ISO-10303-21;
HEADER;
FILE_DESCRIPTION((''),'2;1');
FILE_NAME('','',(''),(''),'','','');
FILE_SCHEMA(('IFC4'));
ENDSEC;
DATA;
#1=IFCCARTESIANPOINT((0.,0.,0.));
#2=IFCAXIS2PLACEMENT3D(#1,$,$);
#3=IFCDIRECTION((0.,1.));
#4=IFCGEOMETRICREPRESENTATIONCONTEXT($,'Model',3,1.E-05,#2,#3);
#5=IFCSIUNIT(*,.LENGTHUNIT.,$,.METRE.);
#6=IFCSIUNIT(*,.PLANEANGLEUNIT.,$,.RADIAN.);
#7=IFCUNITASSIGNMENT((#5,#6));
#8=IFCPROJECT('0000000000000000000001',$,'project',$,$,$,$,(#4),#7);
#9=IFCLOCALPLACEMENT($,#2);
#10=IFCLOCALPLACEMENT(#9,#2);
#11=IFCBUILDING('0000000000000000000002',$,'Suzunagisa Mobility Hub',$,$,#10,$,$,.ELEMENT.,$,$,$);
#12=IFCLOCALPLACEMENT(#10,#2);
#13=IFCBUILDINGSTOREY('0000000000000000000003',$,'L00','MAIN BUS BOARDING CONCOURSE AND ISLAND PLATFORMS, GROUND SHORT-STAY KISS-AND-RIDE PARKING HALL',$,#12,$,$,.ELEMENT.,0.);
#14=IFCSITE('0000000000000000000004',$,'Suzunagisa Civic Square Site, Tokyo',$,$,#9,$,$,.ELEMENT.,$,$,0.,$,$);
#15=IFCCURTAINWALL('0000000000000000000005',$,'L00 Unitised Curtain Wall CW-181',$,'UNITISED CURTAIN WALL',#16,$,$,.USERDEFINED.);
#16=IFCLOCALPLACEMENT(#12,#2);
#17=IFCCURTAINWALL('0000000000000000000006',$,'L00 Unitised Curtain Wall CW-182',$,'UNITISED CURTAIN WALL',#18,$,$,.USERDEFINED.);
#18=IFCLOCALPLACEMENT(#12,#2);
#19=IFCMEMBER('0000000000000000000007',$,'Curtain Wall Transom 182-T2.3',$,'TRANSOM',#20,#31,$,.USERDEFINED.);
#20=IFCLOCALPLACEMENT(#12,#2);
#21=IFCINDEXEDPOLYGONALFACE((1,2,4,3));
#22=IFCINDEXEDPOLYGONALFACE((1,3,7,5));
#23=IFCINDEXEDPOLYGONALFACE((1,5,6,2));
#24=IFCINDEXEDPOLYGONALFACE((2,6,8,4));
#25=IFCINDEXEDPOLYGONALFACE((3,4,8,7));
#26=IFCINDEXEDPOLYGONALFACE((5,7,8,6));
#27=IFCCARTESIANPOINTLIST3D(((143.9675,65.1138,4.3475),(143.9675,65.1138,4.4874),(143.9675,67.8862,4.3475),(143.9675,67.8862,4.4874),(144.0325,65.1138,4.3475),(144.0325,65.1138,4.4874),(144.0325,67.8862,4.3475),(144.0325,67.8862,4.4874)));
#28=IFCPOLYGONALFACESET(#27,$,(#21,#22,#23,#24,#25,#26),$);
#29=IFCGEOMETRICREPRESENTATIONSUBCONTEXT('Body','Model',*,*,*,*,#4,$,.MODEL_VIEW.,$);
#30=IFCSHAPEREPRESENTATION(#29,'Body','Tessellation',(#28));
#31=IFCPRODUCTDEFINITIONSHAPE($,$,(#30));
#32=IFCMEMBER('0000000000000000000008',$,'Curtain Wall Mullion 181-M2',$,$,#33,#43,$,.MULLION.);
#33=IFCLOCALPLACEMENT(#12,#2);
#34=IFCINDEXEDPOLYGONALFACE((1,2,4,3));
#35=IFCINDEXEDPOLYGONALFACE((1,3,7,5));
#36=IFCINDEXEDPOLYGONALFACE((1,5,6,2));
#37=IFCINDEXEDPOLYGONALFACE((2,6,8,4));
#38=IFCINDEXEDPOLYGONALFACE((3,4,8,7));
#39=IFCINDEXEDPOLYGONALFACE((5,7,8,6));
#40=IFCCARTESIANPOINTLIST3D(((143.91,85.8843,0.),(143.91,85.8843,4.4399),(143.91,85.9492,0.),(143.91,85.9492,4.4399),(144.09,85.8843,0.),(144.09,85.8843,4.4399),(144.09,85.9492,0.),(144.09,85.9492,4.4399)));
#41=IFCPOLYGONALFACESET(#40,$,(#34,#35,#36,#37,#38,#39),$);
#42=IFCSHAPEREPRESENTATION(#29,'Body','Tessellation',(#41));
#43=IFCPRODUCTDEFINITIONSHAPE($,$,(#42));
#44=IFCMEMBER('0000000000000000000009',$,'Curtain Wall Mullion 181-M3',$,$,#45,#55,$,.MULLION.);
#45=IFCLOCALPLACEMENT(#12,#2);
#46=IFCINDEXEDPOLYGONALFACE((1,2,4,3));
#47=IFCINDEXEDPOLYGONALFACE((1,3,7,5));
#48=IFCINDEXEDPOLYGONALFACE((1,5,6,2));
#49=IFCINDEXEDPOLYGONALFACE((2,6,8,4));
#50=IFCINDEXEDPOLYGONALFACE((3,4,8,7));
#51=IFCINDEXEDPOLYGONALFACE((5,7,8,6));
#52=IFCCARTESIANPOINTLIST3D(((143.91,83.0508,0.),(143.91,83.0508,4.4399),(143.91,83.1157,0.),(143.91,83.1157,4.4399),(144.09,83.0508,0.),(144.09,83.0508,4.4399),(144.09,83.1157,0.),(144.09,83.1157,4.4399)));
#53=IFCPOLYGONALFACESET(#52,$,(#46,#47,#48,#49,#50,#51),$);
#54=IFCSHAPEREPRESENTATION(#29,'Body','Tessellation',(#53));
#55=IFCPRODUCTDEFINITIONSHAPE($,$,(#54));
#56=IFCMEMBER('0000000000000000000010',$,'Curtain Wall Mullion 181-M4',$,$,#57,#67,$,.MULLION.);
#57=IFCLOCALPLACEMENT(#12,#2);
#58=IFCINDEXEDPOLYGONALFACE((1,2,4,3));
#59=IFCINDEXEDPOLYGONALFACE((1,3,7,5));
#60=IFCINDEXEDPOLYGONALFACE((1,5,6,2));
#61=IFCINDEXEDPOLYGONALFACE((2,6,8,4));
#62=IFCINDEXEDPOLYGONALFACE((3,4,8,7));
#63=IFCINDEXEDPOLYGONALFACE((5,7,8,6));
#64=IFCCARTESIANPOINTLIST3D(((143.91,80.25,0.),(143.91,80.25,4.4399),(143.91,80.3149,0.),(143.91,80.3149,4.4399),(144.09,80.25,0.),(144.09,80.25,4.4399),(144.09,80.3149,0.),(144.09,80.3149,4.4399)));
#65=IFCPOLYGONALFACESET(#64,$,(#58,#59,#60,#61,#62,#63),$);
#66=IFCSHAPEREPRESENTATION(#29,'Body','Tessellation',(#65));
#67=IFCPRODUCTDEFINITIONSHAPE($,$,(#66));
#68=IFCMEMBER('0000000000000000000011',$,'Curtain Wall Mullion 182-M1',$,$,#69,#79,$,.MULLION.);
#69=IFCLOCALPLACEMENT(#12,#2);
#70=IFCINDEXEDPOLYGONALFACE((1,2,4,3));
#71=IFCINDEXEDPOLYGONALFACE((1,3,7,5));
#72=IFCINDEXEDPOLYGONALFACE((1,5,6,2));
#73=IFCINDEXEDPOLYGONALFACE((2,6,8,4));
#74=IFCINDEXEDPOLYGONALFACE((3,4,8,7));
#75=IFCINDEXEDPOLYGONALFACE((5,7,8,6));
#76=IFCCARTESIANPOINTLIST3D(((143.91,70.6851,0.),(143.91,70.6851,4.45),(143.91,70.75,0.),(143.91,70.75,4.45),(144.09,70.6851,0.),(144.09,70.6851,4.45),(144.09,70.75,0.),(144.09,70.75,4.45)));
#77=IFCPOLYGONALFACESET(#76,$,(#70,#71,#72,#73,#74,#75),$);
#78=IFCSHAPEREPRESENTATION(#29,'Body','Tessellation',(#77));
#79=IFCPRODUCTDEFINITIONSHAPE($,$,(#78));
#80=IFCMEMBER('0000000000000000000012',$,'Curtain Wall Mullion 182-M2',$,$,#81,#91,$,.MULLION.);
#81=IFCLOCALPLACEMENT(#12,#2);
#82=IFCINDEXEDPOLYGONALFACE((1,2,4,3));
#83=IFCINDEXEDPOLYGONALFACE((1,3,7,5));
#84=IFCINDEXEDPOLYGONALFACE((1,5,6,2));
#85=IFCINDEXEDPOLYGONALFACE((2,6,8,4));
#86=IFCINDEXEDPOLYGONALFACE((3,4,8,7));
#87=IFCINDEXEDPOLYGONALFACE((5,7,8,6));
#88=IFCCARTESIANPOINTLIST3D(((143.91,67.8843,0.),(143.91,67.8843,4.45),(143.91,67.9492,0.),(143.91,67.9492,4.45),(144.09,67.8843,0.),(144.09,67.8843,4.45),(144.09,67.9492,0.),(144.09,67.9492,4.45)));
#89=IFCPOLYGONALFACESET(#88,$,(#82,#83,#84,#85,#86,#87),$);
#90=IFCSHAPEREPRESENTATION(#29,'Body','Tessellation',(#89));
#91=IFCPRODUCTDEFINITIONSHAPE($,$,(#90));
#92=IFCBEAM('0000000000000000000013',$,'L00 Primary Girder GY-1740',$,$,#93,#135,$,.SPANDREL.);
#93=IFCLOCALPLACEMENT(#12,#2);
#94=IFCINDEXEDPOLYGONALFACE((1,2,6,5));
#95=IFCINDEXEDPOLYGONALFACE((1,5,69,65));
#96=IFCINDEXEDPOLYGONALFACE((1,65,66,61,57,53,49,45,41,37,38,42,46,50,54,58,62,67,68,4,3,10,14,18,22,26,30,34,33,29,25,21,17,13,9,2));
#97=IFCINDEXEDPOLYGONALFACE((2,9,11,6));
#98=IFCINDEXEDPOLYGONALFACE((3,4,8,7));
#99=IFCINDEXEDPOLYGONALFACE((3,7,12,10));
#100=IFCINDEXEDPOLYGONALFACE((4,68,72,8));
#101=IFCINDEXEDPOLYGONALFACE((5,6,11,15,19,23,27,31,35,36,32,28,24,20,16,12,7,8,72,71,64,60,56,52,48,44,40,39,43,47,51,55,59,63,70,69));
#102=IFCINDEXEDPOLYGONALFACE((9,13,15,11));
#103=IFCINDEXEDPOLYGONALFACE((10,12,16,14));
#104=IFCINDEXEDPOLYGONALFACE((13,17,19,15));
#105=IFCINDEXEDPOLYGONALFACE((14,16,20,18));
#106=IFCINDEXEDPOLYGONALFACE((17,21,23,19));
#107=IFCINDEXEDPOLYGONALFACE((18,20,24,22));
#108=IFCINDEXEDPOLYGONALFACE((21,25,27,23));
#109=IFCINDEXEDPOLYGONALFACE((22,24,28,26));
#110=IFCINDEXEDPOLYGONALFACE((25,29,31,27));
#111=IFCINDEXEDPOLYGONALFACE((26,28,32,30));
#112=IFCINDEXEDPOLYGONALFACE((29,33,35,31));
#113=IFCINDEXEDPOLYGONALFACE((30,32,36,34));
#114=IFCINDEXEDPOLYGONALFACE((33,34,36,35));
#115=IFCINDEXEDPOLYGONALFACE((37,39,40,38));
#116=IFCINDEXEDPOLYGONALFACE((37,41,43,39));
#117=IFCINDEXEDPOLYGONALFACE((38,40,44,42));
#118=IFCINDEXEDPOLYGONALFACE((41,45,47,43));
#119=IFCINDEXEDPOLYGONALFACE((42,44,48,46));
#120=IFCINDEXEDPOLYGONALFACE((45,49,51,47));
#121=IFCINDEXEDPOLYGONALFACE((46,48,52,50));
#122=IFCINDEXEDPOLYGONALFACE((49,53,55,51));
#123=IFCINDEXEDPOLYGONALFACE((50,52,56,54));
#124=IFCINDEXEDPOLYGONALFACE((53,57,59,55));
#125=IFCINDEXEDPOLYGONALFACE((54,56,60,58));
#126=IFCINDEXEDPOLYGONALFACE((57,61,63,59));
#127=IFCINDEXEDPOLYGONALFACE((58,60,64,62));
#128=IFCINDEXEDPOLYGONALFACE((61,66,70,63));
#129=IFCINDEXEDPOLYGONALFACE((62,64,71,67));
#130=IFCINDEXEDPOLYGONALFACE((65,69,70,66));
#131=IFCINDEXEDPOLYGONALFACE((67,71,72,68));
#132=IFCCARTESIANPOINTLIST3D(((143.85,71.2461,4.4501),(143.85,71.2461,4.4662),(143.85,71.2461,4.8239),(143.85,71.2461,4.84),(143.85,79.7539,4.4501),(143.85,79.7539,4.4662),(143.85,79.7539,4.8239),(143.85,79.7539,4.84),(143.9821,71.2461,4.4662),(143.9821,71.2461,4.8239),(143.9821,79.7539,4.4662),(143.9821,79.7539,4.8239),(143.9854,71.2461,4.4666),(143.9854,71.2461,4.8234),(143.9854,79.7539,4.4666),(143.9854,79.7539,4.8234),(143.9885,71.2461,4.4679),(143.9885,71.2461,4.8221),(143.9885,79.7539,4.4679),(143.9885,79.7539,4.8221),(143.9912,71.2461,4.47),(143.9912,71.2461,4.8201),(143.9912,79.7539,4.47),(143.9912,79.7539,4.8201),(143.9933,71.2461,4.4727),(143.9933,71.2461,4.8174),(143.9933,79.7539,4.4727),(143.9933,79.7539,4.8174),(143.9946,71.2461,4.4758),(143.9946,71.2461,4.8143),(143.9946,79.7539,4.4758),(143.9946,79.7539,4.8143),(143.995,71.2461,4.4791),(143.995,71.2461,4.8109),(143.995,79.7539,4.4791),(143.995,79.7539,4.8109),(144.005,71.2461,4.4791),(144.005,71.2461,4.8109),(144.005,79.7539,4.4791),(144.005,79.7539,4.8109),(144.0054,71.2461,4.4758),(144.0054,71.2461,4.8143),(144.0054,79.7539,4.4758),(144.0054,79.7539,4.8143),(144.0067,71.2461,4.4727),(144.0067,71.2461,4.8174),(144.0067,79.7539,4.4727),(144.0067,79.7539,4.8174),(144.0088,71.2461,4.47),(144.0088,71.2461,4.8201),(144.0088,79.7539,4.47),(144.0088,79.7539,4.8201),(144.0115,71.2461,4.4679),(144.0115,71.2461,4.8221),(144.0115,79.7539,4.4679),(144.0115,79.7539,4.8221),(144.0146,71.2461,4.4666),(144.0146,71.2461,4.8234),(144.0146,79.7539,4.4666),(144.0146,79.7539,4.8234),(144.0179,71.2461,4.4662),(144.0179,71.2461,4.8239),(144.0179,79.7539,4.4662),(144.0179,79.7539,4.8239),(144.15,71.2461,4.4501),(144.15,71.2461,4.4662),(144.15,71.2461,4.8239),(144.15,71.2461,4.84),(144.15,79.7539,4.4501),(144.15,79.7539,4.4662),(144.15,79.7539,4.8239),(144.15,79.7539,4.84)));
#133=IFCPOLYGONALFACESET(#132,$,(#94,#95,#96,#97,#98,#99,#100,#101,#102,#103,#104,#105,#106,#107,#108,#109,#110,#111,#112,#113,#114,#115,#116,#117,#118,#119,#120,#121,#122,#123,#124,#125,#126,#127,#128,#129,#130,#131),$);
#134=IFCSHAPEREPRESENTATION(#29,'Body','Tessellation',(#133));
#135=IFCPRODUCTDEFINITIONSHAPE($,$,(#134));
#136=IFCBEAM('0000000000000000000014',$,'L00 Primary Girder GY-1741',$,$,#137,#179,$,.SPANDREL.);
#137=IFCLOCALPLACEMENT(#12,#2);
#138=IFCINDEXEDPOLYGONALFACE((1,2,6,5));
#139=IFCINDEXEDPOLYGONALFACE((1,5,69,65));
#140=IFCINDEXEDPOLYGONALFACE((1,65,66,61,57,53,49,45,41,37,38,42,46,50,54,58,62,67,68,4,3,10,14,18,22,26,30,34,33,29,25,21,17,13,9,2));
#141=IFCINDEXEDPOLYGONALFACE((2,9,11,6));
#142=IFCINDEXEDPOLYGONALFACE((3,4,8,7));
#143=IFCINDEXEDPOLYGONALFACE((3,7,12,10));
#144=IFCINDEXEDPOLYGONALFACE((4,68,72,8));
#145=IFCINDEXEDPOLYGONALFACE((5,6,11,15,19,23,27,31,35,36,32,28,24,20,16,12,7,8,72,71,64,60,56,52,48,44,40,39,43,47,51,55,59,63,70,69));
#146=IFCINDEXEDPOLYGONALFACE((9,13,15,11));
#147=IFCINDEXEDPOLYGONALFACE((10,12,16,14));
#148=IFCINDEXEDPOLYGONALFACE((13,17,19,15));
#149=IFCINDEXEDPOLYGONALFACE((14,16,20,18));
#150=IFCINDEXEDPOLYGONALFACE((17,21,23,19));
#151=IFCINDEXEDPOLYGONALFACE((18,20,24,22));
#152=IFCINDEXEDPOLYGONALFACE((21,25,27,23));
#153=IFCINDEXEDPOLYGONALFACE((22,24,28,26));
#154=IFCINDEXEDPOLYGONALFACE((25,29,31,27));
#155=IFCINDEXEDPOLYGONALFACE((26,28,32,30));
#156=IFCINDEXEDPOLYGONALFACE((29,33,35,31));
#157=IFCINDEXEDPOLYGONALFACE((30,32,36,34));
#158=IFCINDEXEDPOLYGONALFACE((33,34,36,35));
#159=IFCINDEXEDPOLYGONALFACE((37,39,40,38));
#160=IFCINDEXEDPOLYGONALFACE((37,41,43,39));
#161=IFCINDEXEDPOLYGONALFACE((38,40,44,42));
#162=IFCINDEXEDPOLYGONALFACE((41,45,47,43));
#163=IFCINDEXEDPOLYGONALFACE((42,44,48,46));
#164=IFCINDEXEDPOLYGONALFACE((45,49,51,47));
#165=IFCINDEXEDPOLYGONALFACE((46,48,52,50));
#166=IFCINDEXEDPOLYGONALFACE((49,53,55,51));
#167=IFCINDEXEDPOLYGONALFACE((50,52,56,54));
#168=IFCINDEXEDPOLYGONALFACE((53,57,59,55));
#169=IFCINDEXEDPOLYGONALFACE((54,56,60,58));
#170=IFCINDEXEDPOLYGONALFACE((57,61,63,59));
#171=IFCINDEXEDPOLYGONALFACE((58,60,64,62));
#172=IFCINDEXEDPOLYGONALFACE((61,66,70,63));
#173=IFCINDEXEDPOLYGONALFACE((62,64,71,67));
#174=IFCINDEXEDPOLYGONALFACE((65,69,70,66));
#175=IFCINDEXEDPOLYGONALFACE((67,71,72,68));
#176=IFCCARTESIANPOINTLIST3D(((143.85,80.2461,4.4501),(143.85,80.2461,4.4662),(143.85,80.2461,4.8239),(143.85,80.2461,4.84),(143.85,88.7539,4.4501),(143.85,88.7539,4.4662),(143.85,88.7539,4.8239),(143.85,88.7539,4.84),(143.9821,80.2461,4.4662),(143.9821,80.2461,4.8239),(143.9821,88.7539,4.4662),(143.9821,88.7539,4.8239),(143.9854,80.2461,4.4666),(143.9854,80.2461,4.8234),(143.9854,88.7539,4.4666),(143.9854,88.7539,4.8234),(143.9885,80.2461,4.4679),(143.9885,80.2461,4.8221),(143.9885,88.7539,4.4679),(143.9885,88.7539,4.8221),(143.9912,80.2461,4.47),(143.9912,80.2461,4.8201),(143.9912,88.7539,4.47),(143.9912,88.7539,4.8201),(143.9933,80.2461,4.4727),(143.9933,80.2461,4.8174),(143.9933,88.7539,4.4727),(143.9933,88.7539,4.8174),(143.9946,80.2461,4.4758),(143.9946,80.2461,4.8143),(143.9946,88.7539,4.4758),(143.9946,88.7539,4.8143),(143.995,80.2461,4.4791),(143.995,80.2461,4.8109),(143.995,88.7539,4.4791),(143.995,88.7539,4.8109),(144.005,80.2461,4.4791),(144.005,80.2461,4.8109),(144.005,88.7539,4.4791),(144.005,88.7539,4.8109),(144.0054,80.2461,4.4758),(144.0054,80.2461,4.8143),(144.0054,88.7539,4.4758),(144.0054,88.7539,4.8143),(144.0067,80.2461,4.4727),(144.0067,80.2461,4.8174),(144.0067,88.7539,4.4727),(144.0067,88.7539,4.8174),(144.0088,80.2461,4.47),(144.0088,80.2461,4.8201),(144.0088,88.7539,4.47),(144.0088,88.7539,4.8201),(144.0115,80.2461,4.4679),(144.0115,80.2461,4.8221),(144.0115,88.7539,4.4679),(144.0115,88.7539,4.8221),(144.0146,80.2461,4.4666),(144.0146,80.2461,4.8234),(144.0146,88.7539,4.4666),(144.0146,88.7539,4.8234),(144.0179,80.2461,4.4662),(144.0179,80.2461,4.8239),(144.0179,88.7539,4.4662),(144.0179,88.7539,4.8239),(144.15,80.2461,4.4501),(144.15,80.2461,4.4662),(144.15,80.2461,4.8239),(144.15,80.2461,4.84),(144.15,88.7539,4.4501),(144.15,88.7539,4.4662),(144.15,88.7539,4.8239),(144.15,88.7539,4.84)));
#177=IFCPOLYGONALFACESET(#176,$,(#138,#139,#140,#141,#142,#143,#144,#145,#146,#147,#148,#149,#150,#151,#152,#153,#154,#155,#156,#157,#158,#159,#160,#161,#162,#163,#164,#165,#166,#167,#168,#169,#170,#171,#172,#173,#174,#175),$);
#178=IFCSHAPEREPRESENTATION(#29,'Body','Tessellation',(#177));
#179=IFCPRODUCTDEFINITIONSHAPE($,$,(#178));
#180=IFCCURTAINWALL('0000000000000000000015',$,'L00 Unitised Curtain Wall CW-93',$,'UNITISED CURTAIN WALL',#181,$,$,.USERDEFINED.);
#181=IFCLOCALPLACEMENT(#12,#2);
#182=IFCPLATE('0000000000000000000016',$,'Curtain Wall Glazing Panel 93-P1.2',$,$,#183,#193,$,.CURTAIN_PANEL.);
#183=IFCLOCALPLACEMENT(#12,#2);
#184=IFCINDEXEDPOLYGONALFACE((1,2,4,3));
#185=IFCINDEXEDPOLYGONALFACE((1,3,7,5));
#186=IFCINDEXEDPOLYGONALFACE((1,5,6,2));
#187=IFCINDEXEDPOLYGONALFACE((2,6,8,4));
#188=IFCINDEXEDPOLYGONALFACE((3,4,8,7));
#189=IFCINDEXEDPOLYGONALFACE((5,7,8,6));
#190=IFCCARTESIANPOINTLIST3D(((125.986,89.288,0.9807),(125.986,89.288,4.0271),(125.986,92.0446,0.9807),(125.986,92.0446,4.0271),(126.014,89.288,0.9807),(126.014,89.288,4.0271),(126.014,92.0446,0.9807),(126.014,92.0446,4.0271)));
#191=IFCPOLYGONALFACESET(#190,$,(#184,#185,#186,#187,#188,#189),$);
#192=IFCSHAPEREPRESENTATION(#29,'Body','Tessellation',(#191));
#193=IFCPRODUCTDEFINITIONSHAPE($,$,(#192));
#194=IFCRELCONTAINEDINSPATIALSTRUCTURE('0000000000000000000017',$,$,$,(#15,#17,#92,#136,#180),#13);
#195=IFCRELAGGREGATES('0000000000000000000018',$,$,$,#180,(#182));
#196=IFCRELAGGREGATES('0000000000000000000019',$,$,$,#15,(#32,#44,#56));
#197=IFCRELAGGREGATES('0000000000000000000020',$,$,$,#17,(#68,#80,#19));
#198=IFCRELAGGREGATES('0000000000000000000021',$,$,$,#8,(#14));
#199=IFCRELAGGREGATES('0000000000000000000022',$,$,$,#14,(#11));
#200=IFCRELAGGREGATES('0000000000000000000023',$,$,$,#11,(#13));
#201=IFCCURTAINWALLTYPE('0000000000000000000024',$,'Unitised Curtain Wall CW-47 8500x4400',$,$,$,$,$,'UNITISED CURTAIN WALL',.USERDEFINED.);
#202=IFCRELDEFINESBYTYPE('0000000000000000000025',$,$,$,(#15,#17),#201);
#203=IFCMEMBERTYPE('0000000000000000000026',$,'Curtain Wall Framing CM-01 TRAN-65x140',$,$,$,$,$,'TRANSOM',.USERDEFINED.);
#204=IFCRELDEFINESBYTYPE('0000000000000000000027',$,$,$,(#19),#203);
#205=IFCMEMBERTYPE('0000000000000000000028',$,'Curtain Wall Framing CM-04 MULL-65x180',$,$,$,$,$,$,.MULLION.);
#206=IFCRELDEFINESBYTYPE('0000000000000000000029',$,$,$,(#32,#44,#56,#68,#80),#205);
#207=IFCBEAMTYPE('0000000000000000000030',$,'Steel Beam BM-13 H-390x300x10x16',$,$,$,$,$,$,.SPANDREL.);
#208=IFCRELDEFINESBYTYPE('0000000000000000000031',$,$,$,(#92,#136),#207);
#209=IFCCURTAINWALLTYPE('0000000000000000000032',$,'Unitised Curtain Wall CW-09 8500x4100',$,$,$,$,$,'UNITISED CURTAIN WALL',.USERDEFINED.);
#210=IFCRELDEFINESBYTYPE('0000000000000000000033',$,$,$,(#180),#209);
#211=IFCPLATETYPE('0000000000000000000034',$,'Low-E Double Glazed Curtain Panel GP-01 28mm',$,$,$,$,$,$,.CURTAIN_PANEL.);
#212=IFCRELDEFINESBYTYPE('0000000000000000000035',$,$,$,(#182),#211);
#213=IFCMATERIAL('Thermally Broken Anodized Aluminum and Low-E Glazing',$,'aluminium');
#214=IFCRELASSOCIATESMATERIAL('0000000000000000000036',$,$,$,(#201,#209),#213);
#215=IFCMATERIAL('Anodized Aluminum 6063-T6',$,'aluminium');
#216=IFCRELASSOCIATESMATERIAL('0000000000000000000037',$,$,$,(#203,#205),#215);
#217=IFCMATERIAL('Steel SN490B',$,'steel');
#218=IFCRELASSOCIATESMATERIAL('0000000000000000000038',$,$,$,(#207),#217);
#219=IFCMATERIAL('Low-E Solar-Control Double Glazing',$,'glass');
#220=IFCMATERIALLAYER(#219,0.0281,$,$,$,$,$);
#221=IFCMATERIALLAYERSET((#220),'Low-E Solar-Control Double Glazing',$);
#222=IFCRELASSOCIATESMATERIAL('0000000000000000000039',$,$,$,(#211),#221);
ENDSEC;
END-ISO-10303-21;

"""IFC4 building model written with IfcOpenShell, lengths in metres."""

from ifc_helpers import new_model, si_unit, direction, frame, origin, origin_2d, place, context, subcontext, project, spatial, rectangle, i_section, extrude, material, layer, layer_set, material_profile, profile_set, type_object, element, aggregate, save


model = new_model("IFC4")

# Units and contexts
model_context = context("Model", 3, precision=1e-05, world=origin(), true_north=direction((0.0, 1.0)))
body_context = subcontext(model_context, "Body", "Model", "MODEL_VIEW")
ifc_project = project(units=[si_unit("LENGTHUNIT", "METRE"), si_unit("PLANEANGLEUNIT", "RADIAN")], contexts=[model_context])

# Site, building, storey
site_placement = place(None, origin())
site = spatial("IfcSite", under=ifc_project, at=site_placement, Name="Suzunagisa Civic Square Site, Tokyo", CompositionType="ELEMENT", RefElevation=0.0)
building_placement = place(site_placement, origin())
building = spatial("IfcBuilding", under=site, at=building_placement, Name="Suzunagisa Mobility Hub", CompositionType="ELEMENT")
storey_placement = place(building_placement, origin())
storey = spatial("IfcBuildingStorey", under=building, at=storey_placement, Name="L00", Description="MAIN BUS BOARDING CONCOURSE AND ISLAND PLATFORMS, GROUND SHORT-STAY KISS-AND-RIDE PARKING HALL", CompositionType="ELEMENT", Elevation=0.0)

# Shared definitions
ifc_material_1 = material(Name="Steel SN490B", Category="steel")

# Curtain walls, member
ifc_material_2 = material(Name="Thermally Broken Anodized Aluminum and Low-E Glazing", Category="aluminium")
curtain_wall_type_1 = type_object("IfcCurtainWallType", Name="Unitised Curtain Wall CW-47 8500x4400", ElementType="UNITISED CURTAIN WALL", PredefinedType="USERDEFINED", material=ifc_material_2)
curtain_wall_1_placement = place(storey_placement, origin())
curtain_wall_1 = element("IfcCurtainWall", 1, at=curtain_wall_1_placement, inside=storey, type_object=curtain_wall_type_1, Name="L00 Unitised Curtain Wall CW-181", ObjectType="UNITISED CURTAIN WALL", PredefinedType="USERDEFINED")
ifc_material_3 = material(Name="Anodized Aluminum 6063-T6", Category="aluminium")
ifc_material_profile_1 = material_profile(ifc_material_3, rectangle(XDim=0.0649, YDim=0.1399, at=origin_2d()), Name="TRAN-65x140")
ifc_profile_set_1 = profile_set([ifc_material_profile_1], Name="Anodized Aluminum 6063-T6")
member_type_1 = type_object("IfcMemberType", Name="Curtain Wall Framing CM-01 TRAN-65x140", ElementType="TRANSOM", PredefinedType="USERDEFINED", material=ifc_profile_set_1)
curtain_wall_2_placement = place(storey_placement, origin())
curtain_wall_2 = element("IfcCurtainWall", 2, at=curtain_wall_2_placement, inside=storey, type_object=curtain_wall_type_1, Name="L00 Unitised Curtain Wall CW-182", ObjectType="UNITISED CURTAIN WALL", PredefinedType="USERDEFINED")
member_1_placement = place(storey_placement, frame((144.0, 67.8862, 4.4175), z_axis=(0.0, -1.0, 0.0), x_axis=(1.0, 0.0, 0.0)))
member_1 = element("IfcMember", 3, at=member_1_placement, type_object=member_type_1, Name="Curtain Wall Transom 182-T2.3", ObjectType="TRANSOM", PredefinedType="USERDEFINED", context=body_context, shape_type="SweptSolid", body=[
    extrude(rectangle(XDim=0.0649, YDim=0.1399, at=origin_2d()), origin(), (0.0, 0.0, 1.0), 2.7725),
])

# Members
ifc_material_profile_2 = material_profile(ifc_material_3, rectangle(XDim=0.0649, YDim=0.1799, at=origin_2d()), Name="MULL-65x180")
ifc_profile_set_2 = profile_set([ifc_material_profile_2], Name="Anodized Aluminum 6063-T6")
member_type_2 = type_object("IfcMemberType", Name="Curtain Wall Framing CM-04 MULL-65x180", PredefinedType="MULLION", material=ifc_profile_set_2)
member_2_placement = place(storey_placement, frame((144.0, 85.9167, 0.0), z_axis=(0.0, 0.0, 1.0), x_axis=(0.0, -1.0, 0.0)))
member_2 = element("IfcMember", 4, at=member_2_placement, type_object=member_type_2, Name="Curtain Wall Mullion 181-M2", PredefinedType="MULLION", context=body_context, shape_type="SweptSolid", body=[
    extrude(rectangle(XDim=0.0649, YDim=0.1799, at=origin_2d()), origin(), (0.0, 0.0, 1.0), 4.4399),
])
member_3_placement = place(storey_placement, frame((144.0, 83.0833, 0.0), z_axis=(0.0, 0.0, 1.0), x_axis=(0.0, -1.0, 0.0)))
member_3 = element("IfcMember", 5, at=member_3_placement, type_object=member_type_2, Name="Curtain Wall Mullion 181-M3", PredefinedType="MULLION", context=body_context, shape_type="SweptSolid", body=[
    extrude(rectangle(XDim=0.0649, YDim=0.1799, at=origin_2d()), origin(), (0.0, 0.0, 1.0), 4.4399),
])
member_4_placement = place(storey_placement, frame((144.0, 80.2825, 0.0), z_axis=(0.0, 0.0, 1.0), x_axis=(0.0, -1.0, 0.0)))
member_4 = element("IfcMember", 6, at=member_4_placement, type_object=member_type_2, Name="Curtain Wall Mullion 181-M4", PredefinedType="MULLION", context=body_context, shape_type="SweptSolid", body=[
    extrude(rectangle(XDim=0.0649, YDim=0.1799, at=origin_2d()), origin(), (0.0, 0.0, 1.0), 4.4399),
])
member_5_placement = place(storey_placement, frame((144.0, 70.7175, 0.0), z_axis=(0.0, 0.0, 1.0), x_axis=(0.0, -1.0, 0.0)))
member_5 = element("IfcMember", 7, at=member_5_placement, type_object=member_type_2, Name="Curtain Wall Mullion 182-M1", PredefinedType="MULLION", context=body_context, shape_type="SweptSolid", body=[
    extrude(rectangle(XDim=0.0649, YDim=0.1799, at=origin_2d()), origin(), (0.0, 0.0, 1.0), 4.45),
])
member_6_placement = place(storey_placement, frame((144.0, 67.9167, 0.0), z_axis=(0.0, 0.0, 1.0), x_axis=(0.0, -1.0, 0.0)))
member_6 = element("IfcMember", 8, at=member_6_placement, type_object=member_type_2, Name="Curtain Wall Mullion 182-M2", PredefinedType="MULLION", context=body_context, shape_type="SweptSolid", body=[
    extrude(rectangle(XDim=0.0649, YDim=0.1799, at=origin_2d()), origin(), (0.0, 0.0, 1.0), 4.45),
])

# Beams
ifc_material_profile_3 = material_profile(ifc_material_1, i_section(OverallWidth=0.3, OverallDepth=0.3899, WebThickness=0.01, FlangeThickness=0.0161, FilletRadius=0.0129, at=origin_2d()), Name="H-390x300x10x16")
ifc_profile_set_3 = profile_set([ifc_material_profile_3], Name="Steel SN490B")
beam_type = type_object("IfcBeamType", Name="Steel Beam BM-13 H-390x300x10x16", PredefinedType="SPANDREL", material=ifc_profile_set_3)
for number, where, z_axis, x_axis, name in (
    (9, (144.0, 71.2461, 4.645), (0.0, 1.0, 0.0), (-1.0, 0.0, 0.0), "L00 Primary Girder GY-1740"),
    (10, (144.0, 80.2461, 4.645), (0.0, 1.0, 0.0), (-1.0, 0.0, 0.0), "L00 Primary Girder GY-1741"),
):
    element("IfcBeam", number, at=place(storey_placement, frame(where, z_axis=z_axis, x_axis=x_axis)), inside=storey, type_object=beam_type, Name=name, PredefinedType="SPANDREL", context=body_context, shape_type="SweptSolid", body=[
        extrude(i_section(OverallWidth=0.3, OverallDepth=0.3899, WebThickness=0.01, FlangeThickness=0.0161, FilletRadius=0.0129, at=origin_2d()), origin(), (0.0, 0.0, 1.0), 8.5078),
    ])

# Curtain wall, plate
curtain_wall_type_2 = type_object("IfcCurtainWallType", Name="Unitised Curtain Wall CW-09 8500x4100", ElementType="UNITISED CURTAIN WALL", PredefinedType="USERDEFINED", material=ifc_material_2)
curtain_wall_3_placement = place(storey_placement, origin())
curtain_wall_3 = element("IfcCurtainWall", 11, at=curtain_wall_3_placement, inside=storey, type_object=curtain_wall_type_2, Name="L00 Unitised Curtain Wall CW-93", ObjectType="UNITISED CURTAIN WALL", PredefinedType="USERDEFINED")
ifc_material_4 = material(Name="Low-E Solar-Control Double Glazing", Category="glass")
ifc_layer_1 = layer(ifc_material_4, 0.0281)
ifc_layer_set_1 = layer_set([ifc_layer_1], Name="Low-E Solar-Control Double Glazing")
plate_type = type_object("IfcPlateType", Name="Low-E Double Glazed Curtain Panel GP-01 28mm", PredefinedType="CURTAIN_PANEL", material=ifc_layer_set_1)
plate_1_placement = place(storey_placement, frame((126.0, 90.6663, 0.9807), z_axis=(0.0, 0.0, 1.0), x_axis=(0.0, 1.0, 0.0)))
plate_1 = element("IfcPlate", 12, at=plate_1_placement, type_object=plate_type, Name="Curtain Wall Glazing Panel 93-P1.2", PredefinedType="CURTAIN_PANEL", context=body_context, shape_type="SweptSolid", body=[
    extrude(rectangle(XDim=2.7566, YDim=0.0281, at=origin_2d()), origin(), (0.0, 0.0, 1.0), 3.0464),
])
aggregate(curtain_wall_3, [plate_1])

aggregate(curtain_wall_1, [member_2, member_3, member_4])
aggregate(curtain_wall_2, [member_5, member_6, member_1])

save(model, "model.ifc")
